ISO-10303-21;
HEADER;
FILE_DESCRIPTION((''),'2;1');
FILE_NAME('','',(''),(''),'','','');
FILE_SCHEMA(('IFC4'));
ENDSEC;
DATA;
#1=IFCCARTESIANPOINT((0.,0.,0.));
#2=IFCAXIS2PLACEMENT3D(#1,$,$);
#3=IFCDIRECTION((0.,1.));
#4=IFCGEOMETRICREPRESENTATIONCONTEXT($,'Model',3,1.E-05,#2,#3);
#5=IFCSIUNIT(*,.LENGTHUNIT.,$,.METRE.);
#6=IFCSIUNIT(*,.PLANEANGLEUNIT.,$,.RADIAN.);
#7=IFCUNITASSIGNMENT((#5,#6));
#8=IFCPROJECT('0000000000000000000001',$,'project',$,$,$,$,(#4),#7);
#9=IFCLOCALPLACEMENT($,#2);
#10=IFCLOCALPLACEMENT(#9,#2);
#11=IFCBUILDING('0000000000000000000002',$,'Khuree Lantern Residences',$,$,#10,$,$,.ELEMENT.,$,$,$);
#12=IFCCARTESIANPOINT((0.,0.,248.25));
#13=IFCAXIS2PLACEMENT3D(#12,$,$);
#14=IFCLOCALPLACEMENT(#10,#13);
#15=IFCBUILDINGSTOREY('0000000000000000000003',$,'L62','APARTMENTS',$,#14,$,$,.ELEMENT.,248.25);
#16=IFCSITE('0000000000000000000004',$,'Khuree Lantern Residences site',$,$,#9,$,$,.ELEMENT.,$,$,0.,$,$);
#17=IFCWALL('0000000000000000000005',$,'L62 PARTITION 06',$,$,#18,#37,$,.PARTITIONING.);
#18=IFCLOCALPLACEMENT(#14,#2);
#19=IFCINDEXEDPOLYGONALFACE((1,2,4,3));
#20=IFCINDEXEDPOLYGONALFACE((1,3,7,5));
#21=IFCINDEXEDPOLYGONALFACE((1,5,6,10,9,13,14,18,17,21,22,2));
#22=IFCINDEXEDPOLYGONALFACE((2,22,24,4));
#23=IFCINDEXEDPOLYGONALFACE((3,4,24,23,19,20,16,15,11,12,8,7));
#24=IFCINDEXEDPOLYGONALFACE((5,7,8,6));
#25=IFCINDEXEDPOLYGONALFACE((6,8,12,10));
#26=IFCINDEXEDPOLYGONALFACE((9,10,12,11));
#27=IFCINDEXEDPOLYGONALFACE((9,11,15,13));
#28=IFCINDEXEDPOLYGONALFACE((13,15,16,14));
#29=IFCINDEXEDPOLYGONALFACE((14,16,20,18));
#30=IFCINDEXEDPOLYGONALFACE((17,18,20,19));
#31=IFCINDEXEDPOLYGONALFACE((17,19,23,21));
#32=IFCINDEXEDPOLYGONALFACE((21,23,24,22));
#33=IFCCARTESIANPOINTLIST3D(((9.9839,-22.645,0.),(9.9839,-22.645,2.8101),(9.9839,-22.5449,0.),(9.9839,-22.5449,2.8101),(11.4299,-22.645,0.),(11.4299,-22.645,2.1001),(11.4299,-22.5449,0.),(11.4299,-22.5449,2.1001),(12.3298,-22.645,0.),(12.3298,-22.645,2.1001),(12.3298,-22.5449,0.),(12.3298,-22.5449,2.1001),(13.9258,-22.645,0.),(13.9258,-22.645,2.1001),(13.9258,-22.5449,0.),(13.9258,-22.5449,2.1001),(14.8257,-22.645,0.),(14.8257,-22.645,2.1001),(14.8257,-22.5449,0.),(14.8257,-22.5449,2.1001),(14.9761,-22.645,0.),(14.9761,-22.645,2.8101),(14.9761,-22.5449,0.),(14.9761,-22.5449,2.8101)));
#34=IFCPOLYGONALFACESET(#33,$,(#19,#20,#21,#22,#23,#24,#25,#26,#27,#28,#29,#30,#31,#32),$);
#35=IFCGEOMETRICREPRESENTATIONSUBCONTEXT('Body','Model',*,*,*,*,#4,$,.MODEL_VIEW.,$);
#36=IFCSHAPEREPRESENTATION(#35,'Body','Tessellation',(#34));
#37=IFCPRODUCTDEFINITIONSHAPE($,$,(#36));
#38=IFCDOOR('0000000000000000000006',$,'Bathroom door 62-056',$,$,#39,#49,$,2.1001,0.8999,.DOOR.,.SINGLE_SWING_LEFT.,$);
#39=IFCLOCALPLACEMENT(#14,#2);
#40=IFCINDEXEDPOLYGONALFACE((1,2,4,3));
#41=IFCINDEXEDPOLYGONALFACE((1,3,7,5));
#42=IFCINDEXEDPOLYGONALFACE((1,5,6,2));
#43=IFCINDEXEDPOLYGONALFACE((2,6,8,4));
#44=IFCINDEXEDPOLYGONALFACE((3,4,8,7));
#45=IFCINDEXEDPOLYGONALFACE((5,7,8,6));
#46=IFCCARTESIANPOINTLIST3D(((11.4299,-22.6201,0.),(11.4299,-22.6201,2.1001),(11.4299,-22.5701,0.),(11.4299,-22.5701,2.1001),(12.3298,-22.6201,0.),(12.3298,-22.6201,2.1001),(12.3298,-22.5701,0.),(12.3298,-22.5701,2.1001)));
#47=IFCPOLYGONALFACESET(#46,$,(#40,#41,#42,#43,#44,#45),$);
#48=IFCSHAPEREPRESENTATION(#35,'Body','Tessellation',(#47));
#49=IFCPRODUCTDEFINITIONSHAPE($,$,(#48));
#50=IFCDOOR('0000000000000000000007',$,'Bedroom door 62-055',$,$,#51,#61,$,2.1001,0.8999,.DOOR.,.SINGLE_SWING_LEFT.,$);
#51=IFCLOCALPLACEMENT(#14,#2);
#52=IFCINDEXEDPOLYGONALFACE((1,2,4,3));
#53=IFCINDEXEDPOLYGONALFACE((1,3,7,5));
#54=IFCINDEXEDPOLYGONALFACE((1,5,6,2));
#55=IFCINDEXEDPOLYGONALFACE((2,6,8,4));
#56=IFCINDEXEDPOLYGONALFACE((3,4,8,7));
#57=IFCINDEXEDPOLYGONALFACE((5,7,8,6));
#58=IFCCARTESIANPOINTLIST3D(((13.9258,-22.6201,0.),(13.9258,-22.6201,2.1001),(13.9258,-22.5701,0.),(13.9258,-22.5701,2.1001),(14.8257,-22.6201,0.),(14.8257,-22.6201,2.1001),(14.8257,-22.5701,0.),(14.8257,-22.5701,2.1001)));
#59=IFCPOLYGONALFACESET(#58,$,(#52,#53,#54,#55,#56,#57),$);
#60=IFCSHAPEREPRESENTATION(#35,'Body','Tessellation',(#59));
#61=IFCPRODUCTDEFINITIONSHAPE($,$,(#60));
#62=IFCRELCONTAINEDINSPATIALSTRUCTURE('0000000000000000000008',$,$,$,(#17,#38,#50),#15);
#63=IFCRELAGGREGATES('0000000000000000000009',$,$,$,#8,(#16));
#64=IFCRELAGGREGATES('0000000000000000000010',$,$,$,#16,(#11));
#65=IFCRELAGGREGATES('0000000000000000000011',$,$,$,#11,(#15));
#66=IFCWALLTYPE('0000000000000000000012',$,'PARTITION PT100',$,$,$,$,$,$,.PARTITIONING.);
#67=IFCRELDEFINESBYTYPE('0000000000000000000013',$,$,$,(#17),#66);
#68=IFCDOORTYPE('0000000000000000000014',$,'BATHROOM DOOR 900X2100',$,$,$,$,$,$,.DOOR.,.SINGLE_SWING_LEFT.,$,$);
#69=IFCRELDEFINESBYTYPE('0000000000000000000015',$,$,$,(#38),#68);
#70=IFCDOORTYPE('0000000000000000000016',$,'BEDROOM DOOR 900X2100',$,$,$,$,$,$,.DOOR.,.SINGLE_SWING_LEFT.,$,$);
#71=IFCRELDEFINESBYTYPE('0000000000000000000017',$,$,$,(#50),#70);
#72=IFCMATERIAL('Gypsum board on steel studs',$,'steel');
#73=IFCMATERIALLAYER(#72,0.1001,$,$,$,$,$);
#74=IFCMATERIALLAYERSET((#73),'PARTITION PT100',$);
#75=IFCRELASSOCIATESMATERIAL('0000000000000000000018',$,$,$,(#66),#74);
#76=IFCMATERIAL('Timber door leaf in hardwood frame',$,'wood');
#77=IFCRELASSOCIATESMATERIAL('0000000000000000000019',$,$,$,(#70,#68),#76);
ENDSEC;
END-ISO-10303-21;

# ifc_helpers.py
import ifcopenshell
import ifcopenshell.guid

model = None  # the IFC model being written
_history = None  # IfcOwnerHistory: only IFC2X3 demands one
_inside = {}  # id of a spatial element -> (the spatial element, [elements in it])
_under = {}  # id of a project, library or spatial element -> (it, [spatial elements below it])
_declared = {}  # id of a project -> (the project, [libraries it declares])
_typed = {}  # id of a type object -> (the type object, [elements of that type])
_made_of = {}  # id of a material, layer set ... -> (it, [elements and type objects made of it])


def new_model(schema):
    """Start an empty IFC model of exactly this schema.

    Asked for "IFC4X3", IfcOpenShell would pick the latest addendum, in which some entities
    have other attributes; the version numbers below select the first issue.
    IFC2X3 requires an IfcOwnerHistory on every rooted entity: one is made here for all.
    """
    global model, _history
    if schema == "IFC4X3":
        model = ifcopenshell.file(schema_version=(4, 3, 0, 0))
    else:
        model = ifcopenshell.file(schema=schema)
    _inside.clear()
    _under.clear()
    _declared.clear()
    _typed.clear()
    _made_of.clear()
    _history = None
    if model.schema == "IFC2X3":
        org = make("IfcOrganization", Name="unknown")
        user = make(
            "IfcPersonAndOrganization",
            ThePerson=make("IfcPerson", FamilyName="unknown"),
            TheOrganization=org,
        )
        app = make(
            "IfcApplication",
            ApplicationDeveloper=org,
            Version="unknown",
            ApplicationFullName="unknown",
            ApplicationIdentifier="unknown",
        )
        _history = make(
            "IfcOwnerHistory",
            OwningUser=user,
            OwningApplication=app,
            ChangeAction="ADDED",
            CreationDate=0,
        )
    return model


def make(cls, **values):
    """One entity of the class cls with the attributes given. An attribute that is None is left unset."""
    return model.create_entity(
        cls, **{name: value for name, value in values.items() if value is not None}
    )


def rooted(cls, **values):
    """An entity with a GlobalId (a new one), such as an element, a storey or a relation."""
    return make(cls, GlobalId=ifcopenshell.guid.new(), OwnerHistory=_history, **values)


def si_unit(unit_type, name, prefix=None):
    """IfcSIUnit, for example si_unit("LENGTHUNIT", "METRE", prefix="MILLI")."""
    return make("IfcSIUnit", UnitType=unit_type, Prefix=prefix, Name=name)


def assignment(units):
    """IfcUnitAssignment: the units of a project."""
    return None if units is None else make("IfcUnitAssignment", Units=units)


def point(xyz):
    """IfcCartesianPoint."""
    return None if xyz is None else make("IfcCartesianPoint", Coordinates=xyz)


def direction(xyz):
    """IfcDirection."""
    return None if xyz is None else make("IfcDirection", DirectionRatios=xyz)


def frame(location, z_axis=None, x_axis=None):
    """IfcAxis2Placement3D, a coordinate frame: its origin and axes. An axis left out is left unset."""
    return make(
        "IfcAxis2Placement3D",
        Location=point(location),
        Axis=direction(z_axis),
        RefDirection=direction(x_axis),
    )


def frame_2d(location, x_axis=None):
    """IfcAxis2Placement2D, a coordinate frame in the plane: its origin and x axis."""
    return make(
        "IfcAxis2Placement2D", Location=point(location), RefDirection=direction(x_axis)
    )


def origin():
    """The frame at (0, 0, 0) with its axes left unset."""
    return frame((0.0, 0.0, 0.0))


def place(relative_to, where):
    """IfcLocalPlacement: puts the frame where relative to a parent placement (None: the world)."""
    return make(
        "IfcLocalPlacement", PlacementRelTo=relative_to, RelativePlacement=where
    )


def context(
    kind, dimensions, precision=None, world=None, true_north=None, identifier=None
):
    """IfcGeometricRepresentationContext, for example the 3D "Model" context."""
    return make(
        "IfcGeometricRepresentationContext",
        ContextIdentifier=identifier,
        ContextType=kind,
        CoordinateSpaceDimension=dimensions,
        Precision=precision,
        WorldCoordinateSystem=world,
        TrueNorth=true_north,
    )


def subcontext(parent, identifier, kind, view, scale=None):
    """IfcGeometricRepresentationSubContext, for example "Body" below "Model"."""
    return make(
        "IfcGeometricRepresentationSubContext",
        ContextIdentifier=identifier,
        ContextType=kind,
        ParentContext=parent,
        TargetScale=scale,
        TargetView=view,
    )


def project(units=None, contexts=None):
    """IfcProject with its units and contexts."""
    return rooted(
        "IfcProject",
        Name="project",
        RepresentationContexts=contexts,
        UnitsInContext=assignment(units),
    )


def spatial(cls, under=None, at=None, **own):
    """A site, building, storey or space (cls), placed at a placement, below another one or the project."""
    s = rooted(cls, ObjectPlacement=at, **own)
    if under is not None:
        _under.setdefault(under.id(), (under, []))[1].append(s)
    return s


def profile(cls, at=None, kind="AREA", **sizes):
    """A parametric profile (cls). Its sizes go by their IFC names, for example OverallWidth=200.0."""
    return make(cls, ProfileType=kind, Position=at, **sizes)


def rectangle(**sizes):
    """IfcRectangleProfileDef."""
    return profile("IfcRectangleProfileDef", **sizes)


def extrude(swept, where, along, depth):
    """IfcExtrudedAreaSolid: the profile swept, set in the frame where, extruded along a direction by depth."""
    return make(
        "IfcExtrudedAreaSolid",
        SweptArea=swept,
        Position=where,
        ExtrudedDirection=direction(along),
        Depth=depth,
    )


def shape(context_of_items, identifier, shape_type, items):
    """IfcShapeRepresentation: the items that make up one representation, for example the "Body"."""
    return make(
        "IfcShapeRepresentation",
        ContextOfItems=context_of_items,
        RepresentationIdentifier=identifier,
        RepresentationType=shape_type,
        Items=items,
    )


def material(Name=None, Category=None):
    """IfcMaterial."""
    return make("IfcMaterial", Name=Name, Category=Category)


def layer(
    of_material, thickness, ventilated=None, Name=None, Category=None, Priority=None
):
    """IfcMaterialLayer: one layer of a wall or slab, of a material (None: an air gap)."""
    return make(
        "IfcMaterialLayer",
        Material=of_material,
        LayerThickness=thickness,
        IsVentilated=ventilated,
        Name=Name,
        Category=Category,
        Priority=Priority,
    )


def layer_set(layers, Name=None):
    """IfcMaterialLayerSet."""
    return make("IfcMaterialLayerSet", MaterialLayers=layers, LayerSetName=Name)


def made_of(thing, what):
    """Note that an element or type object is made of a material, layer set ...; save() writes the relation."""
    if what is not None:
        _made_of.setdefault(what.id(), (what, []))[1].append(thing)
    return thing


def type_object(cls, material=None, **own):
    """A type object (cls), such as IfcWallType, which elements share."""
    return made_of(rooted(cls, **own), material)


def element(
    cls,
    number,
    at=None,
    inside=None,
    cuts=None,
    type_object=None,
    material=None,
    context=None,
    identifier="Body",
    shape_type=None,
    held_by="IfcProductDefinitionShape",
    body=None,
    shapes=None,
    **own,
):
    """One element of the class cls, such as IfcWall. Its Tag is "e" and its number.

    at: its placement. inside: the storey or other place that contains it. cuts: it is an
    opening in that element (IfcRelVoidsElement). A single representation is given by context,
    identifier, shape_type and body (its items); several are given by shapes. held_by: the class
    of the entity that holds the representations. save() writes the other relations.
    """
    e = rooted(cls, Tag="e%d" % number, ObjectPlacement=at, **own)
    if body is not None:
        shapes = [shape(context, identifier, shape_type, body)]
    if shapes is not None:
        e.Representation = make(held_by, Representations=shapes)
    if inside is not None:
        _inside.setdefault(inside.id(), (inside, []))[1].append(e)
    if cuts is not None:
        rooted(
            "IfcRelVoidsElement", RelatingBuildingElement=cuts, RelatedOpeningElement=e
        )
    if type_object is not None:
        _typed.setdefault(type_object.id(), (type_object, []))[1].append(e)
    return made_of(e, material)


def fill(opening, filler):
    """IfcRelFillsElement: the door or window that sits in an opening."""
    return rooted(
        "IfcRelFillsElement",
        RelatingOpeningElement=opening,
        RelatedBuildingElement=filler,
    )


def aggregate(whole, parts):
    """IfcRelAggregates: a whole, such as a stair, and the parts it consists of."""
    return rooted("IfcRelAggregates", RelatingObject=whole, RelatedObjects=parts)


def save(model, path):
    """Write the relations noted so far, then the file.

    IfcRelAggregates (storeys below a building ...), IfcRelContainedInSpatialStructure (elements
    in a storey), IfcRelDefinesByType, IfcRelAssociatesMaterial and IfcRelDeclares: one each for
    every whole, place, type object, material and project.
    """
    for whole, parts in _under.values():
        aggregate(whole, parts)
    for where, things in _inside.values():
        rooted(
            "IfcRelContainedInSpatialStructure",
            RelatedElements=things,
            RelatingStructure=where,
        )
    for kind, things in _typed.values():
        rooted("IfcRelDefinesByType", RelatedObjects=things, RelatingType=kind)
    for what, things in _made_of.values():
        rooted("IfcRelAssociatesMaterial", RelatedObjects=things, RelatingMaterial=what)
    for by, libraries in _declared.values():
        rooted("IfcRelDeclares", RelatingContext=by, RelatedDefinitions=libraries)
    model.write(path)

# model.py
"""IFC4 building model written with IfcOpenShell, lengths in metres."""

from ifc_helpers import new_model, si_unit, direction, frame, frame_2d, origin, place, context, subcontext, project, spatial, rectangle, extrude, material, layer, layer_set, type_object, element, fill, save


model = new_model("IFC4")

# Units and contexts
model_context = context("Model", 3, precision=1e-05, world=origin(), true_north=direction((0.0, 1.0)))
body_context = subcontext(model_context, "Body", "Model", "MODEL_VIEW")
ifc_project = project(units=[si_unit("LENGTHUNIT", "METRE"), si_unit("PLANEANGLEUNIT", "RADIAN")], contexts=[model_context])

# Site, building, storey
site_placement = place(None, origin())
site = spatial("IfcSite", under=ifc_project, at=site_placement, Name="Khuree Lantern Residences site", CompositionType="ELEMENT", RefElevation=0.0)
building_placement = place(site_placement, origin())
building = spatial("IfcBuilding", under=site, at=building_placement, Name="Khuree Lantern Residences", CompositionType="ELEMENT")
storey_placement = place(building_placement, frame((0.0, 0.0, 248.25)))
storey = spatial("IfcBuildingStorey", under=building, at=storey_placement, Name="L62", Description="APARTMENTS", CompositionType="ELEMENT", Elevation=248.25)

# Shared definitions
ifc_material_1 = material(Name="Gypsum board on steel studs", Category="steel")
ifc_layer_1 = layer(ifc_material_1, 0.1001)
ifc_layer_set_1 = layer_set([ifc_layer_1], Name="PARTITION PT100")
wall_type_1 = type_object("IfcWallType", Name="PARTITION PT100", PredefinedType="PARTITIONING", material=ifc_layer_set_1)

# Shared definitions
ifc_material_2 = material(Name="Timber door leaf in hardwood frame", Category="wood")
door_type_1 = type_object("IfcDoorType", Name="BEDROOM DOOR 900X2100", OperationType="SINGLE_SWING_LEFT", PredefinedType="DOOR", material=ifc_material_2)

# Wall, openings, doors
wall_1_placement = place(storey_placement, frame((9.9839, -22.595, 0.0), z_axis=(0.0, 0.0, 1.0), x_axis=(1.0, 0.0, 0.0)))
wall_1 = element("IfcWall", 1, at=wall_1_placement, inside=storey, type_object=wall_type_1, Name="L62 PARTITION 06", PredefinedType="PARTITIONING", context=body_context, shape_type="SweptSolid", body=[
    extrude(rectangle(XDim=4.9922, YDim=0.1001, at=frame_2d((2.4961, 0.0))), origin(), (0.0, 0.0, 1.0), 2.8101),
])
opening_1_placement = place(wall_1_placement, frame((3.9419, 0.0, 0.0)))
opening_1 = element("IfcOpeningElement", 2, at=opening_1_placement, cuts=wall_1, PredefinedType="OPENING", context=body_context, shape_type="SweptSolid", body=[
    extrude(rectangle(XDim=0.8999, YDim=2.1001, at=frame_2d((0.45, 1.05))), frame((0.0, 0.0601, 0.0), z_axis=(0.0, -1.0, 0.0), x_axis=(1.0, 0.0, 0.0)), (0.0, 0.0, 1.0), 0.1201),
])
opening_2_placement = place(wall_1_placement, frame((1.446, 0.0, 0.0)))
opening_2 = element("IfcOpeningElement", 3, at=opening_2_placement, cuts=wall_1, PredefinedType="OPENING", context=body_context, shape_type="SweptSolid", body=[
    extrude(rectangle(XDim=0.8999, YDim=2.1001, at=frame_2d((0.45, 1.05))), frame((0.0, 0.0601, 0.0), z_axis=(0.0, -1.0, 0.0), x_axis=(1.0, 0.0, 0.0)), (0.0, 0.0, 1.0), 0.1201),
])
door_type_2 = type_object("IfcDoorType", Name="BATHROOM DOOR 900X2100", OperationType="SINGLE_SWING_LEFT", PredefinedType="DOOR", material=ifc_material_2)
door_1_placement = place(opening_2_placement, origin())
door_1 = element("IfcDoor", 4, at=door_1_placement, inside=storey, type_object=door_type_2, Name="Bathroom door 62-056", OperationType="SINGLE_SWING_LEFT", OverallHeight=2.1001, OverallWidth=0.8999, PredefinedType="DOOR", context=body_context, shape_type="SweptSolid", body=[
    extrude(rectangle(XDim=0.8999, YDim=2.1001, at=frame_2d((0.45, 1.05))), frame((0.0, 0.0249, 0.0), z_axis=(0.0, -1.0, 0.0), x_axis=(1.0, 0.0, 0.0)), (0.0, 0.0, 1.0), 0.05),
])
fill(opening_2, door_1)
door_2_placement = place(opening_1_placement, origin())
door_2 = element("IfcDoor", 5, at=door_2_placement, inside=storey, type_object=door_type_1, Name="Bedroom door 62-055", OperationType="SINGLE_SWING_LEFT", OverallHeight=2.1001, OverallWidth=0.8999, PredefinedType="DOOR", context=body_context, shape_type="SweptSolid", body=[
    extrude(rectangle(XDim=0.8999, YDim=2.1001, at=frame_2d((0.45, 1.05))), frame((0.0, 0.0249, 0.0), z_axis=(0.0, -1.0, 0.0), x_axis=(1.0, 0.0, 0.0)), (0.0, 0.0, 1.0), 0.05),
])
fill(opening_1, door_2)

save(model, "model.ifc")
